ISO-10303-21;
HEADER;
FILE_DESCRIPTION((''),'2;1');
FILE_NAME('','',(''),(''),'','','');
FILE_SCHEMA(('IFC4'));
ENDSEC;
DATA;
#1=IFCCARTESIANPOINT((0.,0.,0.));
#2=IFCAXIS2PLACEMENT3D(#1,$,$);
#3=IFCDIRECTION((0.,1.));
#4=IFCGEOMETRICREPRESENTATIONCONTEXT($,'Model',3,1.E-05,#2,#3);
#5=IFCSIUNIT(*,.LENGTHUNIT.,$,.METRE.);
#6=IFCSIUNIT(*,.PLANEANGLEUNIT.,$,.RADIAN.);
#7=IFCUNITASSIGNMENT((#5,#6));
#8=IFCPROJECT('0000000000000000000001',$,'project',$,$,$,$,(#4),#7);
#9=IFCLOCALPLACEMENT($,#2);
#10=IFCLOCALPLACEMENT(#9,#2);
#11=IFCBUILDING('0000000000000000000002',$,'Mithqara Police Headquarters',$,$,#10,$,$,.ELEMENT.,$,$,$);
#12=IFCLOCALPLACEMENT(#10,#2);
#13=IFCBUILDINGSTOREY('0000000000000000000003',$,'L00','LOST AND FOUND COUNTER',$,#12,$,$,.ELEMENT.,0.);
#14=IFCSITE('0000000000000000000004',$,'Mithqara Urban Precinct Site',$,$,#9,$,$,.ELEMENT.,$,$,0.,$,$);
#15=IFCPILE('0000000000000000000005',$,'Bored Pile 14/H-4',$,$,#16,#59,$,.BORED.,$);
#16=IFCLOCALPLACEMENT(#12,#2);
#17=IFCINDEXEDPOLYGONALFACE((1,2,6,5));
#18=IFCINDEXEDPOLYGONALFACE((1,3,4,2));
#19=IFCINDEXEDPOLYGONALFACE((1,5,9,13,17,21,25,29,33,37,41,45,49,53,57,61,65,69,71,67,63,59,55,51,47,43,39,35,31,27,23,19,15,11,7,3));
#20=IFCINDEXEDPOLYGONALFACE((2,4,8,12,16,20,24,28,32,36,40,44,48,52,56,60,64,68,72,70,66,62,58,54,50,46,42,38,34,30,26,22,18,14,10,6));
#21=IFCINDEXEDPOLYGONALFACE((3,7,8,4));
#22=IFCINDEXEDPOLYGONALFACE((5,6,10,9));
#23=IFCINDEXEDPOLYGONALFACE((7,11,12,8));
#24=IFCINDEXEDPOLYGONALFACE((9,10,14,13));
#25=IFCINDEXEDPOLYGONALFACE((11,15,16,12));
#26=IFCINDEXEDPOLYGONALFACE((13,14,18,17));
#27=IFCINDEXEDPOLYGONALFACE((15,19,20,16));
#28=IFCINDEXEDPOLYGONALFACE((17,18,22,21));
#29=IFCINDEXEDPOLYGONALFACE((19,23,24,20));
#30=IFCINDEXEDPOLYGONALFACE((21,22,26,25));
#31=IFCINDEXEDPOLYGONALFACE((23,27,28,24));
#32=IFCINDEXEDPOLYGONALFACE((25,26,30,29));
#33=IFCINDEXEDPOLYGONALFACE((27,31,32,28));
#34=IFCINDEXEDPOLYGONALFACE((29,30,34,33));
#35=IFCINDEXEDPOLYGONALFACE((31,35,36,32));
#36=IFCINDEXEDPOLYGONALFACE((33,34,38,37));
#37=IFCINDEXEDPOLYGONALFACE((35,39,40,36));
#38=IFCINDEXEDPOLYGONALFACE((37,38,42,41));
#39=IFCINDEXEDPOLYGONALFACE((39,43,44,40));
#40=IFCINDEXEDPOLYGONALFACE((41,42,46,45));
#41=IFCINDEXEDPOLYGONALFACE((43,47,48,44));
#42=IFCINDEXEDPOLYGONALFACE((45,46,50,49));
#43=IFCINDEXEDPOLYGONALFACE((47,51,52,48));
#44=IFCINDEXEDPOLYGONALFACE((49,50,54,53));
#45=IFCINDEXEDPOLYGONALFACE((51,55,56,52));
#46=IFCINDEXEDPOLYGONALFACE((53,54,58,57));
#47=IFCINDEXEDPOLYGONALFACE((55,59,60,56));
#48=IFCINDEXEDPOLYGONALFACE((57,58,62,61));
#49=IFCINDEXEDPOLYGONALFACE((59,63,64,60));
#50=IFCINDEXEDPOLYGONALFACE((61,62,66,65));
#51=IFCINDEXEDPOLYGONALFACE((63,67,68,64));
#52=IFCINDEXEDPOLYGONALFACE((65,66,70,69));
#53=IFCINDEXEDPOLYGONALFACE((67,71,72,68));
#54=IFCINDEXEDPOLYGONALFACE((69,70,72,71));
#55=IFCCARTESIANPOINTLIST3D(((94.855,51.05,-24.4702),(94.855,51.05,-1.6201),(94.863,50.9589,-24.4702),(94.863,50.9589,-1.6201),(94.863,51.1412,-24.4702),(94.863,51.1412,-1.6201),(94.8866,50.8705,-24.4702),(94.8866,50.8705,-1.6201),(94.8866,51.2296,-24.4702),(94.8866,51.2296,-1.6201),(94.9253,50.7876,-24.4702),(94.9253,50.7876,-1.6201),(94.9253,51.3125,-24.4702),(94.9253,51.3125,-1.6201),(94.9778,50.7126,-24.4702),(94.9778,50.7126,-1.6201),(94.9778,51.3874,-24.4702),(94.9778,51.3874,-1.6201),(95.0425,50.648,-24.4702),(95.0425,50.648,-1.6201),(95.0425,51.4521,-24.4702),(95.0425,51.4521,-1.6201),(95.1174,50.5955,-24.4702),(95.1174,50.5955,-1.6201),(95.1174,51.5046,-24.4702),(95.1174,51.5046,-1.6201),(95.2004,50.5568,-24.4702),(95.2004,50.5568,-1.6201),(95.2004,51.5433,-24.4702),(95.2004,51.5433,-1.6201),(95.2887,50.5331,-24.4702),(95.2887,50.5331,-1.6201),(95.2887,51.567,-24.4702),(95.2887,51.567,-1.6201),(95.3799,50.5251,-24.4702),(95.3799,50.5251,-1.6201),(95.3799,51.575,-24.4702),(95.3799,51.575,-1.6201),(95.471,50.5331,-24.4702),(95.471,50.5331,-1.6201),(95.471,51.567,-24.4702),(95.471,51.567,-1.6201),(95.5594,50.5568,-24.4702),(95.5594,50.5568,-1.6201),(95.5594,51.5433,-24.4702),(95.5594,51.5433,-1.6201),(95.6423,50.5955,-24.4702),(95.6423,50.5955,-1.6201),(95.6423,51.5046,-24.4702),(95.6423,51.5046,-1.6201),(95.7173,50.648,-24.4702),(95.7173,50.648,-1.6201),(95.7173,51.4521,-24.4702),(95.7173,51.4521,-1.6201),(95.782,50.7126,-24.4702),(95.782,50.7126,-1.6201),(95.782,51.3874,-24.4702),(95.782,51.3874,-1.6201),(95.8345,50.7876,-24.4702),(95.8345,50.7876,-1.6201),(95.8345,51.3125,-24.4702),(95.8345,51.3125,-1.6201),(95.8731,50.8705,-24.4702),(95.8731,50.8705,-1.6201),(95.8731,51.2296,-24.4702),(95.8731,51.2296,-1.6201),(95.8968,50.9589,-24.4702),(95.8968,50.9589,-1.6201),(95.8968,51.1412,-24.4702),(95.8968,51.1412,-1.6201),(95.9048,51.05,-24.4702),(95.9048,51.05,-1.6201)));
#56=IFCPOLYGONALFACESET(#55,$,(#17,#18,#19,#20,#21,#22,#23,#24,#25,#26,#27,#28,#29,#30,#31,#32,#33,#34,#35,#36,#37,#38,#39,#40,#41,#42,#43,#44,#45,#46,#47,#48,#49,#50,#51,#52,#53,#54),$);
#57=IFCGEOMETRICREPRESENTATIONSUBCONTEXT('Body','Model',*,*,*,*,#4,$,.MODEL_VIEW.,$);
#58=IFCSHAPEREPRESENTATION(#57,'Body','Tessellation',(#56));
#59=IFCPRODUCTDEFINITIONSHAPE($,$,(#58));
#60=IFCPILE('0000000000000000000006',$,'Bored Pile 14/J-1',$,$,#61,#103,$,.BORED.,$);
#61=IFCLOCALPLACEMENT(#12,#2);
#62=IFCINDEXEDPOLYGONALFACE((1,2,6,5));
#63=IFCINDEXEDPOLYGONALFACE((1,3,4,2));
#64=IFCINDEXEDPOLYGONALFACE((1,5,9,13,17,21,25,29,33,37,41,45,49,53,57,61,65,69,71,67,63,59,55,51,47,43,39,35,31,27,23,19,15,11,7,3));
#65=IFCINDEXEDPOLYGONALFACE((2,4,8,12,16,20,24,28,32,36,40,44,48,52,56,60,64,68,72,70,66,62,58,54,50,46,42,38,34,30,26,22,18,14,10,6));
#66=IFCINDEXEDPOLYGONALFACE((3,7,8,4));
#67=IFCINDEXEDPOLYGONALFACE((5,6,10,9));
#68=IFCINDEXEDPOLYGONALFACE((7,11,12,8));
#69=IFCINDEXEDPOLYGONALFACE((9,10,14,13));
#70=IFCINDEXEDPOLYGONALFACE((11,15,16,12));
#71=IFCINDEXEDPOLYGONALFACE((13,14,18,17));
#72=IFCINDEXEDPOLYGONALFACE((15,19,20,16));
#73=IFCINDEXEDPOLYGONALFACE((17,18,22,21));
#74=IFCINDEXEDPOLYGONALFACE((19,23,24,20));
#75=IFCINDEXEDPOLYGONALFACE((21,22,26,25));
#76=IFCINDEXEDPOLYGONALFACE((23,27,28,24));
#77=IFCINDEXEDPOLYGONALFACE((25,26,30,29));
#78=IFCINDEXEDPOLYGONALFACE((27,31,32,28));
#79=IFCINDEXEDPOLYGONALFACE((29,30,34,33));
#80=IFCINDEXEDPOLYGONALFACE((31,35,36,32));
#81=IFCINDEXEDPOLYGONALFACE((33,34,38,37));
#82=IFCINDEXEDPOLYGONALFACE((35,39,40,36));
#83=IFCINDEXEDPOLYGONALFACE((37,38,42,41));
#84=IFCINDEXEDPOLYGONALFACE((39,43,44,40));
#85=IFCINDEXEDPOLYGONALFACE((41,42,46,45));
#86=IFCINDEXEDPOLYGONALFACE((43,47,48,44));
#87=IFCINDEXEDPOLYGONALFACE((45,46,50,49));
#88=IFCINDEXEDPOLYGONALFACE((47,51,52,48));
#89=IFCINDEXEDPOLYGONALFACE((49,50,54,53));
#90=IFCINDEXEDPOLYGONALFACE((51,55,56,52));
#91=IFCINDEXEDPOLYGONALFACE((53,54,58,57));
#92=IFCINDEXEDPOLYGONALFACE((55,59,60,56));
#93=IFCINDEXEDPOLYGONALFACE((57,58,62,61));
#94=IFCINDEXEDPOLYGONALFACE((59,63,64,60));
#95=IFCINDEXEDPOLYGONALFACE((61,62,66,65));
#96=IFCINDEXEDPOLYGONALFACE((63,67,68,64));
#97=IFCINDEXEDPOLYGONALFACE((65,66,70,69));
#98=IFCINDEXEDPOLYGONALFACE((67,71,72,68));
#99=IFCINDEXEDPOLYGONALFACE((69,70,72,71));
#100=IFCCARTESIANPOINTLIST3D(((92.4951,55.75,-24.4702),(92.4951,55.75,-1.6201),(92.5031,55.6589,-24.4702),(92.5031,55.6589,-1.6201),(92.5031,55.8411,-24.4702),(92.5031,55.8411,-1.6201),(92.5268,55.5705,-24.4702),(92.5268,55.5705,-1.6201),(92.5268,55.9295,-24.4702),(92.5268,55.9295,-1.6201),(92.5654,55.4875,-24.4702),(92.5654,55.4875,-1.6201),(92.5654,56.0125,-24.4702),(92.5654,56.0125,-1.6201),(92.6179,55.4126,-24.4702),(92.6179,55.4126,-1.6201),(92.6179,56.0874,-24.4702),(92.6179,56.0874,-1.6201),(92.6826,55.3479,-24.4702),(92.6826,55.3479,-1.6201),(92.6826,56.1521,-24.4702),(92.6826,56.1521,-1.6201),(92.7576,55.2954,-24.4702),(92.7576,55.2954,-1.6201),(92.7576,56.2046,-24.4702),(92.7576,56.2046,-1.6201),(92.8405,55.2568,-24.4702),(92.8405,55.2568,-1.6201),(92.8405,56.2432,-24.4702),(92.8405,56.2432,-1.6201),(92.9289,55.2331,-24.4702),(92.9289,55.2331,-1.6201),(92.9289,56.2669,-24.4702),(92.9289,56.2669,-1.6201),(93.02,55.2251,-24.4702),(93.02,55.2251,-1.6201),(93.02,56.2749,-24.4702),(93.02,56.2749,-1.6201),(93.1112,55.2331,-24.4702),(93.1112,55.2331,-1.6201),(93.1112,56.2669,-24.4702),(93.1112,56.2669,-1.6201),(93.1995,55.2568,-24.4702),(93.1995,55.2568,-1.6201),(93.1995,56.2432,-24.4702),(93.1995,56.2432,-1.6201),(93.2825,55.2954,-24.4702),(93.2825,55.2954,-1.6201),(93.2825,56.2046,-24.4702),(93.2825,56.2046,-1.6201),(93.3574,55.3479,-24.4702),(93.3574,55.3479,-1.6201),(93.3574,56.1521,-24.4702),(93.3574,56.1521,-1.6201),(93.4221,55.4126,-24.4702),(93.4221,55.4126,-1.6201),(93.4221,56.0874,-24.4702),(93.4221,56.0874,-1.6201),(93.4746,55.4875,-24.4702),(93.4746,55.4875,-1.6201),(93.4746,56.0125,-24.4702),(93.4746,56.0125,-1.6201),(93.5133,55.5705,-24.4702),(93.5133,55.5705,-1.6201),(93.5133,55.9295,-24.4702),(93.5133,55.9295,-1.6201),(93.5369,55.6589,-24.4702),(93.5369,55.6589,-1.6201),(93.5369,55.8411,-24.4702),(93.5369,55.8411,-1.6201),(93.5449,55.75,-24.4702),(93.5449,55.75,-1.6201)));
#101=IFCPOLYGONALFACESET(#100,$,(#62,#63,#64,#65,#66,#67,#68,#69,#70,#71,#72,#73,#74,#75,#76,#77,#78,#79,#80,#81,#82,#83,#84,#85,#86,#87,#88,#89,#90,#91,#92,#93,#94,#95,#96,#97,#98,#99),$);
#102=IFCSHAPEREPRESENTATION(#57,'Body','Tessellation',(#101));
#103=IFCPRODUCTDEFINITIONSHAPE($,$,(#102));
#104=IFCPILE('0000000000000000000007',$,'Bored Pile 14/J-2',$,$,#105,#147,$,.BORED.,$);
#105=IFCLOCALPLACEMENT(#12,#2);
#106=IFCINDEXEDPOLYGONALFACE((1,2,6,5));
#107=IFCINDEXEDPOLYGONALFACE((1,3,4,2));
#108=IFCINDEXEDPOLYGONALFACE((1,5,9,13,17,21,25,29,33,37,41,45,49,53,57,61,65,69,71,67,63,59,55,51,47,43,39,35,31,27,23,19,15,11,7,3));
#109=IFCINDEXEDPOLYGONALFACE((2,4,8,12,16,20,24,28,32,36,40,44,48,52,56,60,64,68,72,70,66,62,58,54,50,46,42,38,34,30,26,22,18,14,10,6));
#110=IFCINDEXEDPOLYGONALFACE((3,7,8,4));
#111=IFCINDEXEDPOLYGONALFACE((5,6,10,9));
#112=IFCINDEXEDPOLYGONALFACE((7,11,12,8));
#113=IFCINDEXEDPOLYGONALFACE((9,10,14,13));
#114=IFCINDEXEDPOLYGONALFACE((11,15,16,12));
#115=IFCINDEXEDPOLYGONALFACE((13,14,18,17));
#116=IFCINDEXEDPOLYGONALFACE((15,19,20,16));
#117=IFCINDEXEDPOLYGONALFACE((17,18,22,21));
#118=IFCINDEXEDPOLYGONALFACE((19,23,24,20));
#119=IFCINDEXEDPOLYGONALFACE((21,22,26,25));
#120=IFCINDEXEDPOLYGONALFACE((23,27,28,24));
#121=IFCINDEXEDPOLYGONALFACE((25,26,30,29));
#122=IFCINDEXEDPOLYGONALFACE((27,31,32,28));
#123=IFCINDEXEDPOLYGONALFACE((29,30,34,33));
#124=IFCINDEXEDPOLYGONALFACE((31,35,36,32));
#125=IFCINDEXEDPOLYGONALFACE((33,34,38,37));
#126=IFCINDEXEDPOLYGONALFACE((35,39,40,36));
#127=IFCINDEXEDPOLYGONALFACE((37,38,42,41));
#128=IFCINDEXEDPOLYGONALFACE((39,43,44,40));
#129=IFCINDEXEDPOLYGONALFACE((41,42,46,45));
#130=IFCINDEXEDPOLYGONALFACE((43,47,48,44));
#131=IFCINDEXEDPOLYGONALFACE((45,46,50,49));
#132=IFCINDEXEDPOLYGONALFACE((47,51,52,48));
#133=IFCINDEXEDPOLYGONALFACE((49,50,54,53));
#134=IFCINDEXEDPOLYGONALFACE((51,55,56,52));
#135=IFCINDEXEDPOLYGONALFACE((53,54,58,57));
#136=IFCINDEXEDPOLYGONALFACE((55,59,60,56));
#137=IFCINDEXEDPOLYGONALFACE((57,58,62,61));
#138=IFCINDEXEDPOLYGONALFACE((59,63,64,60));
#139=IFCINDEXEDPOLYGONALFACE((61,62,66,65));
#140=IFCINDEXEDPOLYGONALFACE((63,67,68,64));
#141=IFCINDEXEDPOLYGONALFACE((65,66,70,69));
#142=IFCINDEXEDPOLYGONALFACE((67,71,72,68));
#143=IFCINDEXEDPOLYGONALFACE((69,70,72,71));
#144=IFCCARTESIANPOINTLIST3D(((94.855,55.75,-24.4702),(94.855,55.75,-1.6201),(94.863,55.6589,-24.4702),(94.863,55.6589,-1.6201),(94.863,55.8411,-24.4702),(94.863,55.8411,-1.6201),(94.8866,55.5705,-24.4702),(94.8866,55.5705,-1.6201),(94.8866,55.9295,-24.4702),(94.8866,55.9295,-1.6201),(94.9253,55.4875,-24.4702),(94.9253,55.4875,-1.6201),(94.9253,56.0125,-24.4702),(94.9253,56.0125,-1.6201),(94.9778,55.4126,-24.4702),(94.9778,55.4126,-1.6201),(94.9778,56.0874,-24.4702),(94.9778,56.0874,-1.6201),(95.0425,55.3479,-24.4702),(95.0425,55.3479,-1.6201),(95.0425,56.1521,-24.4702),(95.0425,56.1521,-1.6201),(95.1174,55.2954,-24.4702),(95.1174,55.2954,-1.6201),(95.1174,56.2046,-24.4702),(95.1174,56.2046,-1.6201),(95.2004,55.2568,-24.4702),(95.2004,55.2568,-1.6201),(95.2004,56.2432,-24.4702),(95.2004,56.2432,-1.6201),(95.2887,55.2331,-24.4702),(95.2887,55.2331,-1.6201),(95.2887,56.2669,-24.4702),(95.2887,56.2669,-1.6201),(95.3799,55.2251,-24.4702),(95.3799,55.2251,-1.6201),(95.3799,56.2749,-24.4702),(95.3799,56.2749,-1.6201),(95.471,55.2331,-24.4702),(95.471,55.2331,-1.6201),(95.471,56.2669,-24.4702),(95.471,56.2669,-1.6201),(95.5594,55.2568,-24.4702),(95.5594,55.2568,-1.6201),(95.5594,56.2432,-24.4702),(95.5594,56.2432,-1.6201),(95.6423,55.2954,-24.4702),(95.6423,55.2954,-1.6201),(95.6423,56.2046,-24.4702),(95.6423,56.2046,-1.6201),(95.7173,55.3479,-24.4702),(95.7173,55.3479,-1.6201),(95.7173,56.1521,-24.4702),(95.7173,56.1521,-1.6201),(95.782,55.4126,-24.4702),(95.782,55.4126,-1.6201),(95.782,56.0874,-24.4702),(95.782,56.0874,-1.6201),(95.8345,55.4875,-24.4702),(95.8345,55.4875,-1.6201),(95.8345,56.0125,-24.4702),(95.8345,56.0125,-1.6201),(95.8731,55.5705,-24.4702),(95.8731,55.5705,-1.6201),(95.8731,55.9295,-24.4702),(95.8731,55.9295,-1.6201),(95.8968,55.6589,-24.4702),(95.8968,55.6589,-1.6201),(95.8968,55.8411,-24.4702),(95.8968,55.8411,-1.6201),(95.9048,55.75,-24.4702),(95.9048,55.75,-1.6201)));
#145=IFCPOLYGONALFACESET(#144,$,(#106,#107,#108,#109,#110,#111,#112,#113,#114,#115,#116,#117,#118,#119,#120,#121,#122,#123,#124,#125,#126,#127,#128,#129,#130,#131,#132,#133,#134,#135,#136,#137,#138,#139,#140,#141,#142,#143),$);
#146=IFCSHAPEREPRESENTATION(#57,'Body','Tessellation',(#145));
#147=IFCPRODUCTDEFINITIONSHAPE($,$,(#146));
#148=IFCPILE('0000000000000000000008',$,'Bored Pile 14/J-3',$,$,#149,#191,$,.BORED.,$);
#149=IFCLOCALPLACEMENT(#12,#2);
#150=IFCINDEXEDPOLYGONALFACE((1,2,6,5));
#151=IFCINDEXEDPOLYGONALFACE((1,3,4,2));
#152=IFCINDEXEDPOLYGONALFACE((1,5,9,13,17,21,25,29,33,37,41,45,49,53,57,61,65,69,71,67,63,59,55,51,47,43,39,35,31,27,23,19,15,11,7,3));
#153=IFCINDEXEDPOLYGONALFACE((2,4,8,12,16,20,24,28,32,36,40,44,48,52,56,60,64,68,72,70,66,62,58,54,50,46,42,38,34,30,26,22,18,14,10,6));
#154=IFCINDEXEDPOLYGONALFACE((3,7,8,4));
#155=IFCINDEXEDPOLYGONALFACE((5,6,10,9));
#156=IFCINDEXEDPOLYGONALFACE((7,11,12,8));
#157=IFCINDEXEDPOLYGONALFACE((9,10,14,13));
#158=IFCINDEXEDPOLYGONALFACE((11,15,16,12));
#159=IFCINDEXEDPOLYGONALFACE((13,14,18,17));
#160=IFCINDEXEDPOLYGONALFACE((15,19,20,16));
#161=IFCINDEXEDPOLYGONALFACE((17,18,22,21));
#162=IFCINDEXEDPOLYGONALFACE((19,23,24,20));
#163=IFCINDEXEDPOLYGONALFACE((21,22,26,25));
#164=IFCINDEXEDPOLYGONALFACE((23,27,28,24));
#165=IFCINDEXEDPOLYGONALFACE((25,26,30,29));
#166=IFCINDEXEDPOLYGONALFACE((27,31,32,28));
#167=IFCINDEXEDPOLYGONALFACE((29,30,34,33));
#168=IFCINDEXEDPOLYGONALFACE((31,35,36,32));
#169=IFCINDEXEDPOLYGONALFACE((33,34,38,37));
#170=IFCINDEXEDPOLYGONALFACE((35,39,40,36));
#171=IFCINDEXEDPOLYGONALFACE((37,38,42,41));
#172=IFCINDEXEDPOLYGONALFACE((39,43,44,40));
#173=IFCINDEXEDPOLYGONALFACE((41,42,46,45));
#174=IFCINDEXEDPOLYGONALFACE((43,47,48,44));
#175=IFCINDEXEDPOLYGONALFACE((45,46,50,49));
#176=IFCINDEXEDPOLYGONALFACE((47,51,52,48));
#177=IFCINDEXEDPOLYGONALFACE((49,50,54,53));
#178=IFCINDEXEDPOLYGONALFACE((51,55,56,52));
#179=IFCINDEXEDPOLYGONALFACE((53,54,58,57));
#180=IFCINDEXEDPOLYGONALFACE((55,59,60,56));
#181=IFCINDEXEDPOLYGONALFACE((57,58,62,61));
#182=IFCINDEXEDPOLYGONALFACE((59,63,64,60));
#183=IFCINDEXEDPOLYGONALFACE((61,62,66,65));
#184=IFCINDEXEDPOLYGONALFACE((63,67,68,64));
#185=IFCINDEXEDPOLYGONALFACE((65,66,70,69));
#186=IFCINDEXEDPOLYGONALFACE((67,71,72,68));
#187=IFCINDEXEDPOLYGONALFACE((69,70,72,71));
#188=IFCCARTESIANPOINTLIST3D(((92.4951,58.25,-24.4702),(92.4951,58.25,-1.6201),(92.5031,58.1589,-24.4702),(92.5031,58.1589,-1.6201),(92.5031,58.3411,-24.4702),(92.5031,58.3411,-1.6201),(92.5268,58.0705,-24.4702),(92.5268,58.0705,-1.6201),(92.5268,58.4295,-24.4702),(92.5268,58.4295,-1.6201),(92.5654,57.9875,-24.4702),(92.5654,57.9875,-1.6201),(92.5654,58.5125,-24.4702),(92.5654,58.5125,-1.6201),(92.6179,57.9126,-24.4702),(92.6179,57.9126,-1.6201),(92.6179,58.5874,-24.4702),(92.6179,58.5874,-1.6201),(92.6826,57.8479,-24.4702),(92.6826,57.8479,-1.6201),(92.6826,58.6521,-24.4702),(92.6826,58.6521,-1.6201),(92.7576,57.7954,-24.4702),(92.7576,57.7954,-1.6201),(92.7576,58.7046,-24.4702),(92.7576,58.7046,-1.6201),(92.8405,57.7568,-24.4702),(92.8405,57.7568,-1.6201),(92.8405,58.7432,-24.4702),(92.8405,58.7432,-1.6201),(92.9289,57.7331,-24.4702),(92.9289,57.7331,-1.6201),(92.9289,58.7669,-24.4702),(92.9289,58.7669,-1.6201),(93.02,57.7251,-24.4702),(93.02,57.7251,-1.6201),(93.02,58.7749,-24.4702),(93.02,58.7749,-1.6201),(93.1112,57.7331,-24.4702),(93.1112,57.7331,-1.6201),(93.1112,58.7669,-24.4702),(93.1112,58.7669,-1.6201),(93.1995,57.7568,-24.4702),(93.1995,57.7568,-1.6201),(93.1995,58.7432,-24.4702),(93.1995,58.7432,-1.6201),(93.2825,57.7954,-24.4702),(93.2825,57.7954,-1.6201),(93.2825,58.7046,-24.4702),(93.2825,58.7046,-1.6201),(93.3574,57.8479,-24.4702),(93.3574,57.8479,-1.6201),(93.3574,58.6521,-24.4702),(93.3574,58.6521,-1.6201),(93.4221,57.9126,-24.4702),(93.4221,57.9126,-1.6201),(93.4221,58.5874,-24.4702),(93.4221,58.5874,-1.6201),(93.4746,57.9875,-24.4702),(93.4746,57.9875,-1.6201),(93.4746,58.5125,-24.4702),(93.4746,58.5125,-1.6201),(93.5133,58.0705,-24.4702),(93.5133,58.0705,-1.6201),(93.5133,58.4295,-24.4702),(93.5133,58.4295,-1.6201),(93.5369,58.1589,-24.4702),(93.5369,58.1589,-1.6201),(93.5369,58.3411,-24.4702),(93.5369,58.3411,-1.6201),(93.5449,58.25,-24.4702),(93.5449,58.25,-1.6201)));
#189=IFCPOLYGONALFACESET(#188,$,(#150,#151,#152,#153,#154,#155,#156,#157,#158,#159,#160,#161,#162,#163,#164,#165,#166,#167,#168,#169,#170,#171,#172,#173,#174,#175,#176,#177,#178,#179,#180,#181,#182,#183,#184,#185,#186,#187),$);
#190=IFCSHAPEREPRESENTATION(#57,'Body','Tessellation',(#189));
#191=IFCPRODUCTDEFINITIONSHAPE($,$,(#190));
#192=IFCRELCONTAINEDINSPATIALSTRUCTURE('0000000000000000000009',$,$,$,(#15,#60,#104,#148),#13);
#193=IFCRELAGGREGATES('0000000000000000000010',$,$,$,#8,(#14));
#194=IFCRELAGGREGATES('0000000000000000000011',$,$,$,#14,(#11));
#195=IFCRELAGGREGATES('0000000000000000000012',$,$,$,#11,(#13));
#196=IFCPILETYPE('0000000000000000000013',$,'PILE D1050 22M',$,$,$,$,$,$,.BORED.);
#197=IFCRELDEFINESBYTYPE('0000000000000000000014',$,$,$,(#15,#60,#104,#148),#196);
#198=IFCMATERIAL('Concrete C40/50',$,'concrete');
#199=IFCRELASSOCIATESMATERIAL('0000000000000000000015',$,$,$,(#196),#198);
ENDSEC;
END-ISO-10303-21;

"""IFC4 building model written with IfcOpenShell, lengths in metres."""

from ifc_helpers import new_model, si_unit, direction, frame, origin, origin_2d, place, context, subcontext, project, spatial, circle, extrude, material, material_profile, profile_set, type_object, element, save


model = new_model("IFC4")

# Units and contexts
model_context = context("Model", 3, precision=1e-05, world=origin(), true_north=direction((0.0, 1.0)))
body_context = subcontext(model_context, "Body", "Model", "MODEL_VIEW")
ifc_project = project(units=[si_unit("LENGTHUNIT", "METRE"), si_unit("PLANEANGLEUNIT", "RADIAN")], contexts=[model_context])

# Site, building, storey
site_placement = place(None, origin())
site = spatial("IfcSite", under=ifc_project, at=site_placement, Name="Mithqara Urban Precinct Site", CompositionType="ELEMENT", RefElevation=0.0)
building_placement = place(site_placement, origin())
building = spatial("IfcBuilding", under=site, at=building_placement, Name="Mithqara Police Headquarters", CompositionType="ELEMENT")
storey_placement = place(building_placement, origin())
storey = spatial("IfcBuildingStorey", under=building, at=storey_placement, Name="L00", Description="LOST AND FOUND COUNTER", CompositionType="ELEMENT", Elevation=0.0)

# Shared definitions
ifc_material_1 = material(Name="Concrete C40/50", Category="concrete")

# Piles
ifc_material_profile_1 = material_profile(ifc_material_1, circle(Radius=0.5249, at=origin_2d()), Name="PILE D1050")
ifc_profile_set_1 = profile_set([ifc_material_profile_1], Name="Concrete C40/50")
pile_type = type_object("IfcPileType", Name="PILE D1050 22M", PredefinedType="BORED", material=ifc_profile_set_1)
for number, where, z_axis, x_axis, name in (
    (1, (95.3799, 51.05, -1.6201), (0.0, 0.0, -1.0), (1.0, 0.0, 0.0), "Bored Pile 14/H-4"),
    (2, (93.02, 55.75, -1.6201), (0.0, 0.0, -1.0), (1.0, 0.0, 0.0), "Bored Pile 14/J-1"),
    (3, (95.3799, 55.75, -1.6201), (0.0, 0.0, -1.0), (1.0, 0.0, 0.0), "Bored Pile 14/J-2"),
    (4, (93.02, 58.25, -1.6201), (0.0, 0.0, -1.0), (1.0, 0.0, 0.0), "Bored Pile 14/J-3"),
):
    element("IfcPile", number, at=place(storey_placement, frame(where, z_axis=z_axis, x_axis=x_axis)), inside=storey, type_object=pile_type, Name=name, PredefinedType="BORED", context=body_context, shape_type="SweptSolid", body=[
        extrude(circle(Radius=0.5249, at=origin_2d()), origin(), (0.0, 0.0, 1.0), 22.8501),
    ])

save(model, "model.ifc")
